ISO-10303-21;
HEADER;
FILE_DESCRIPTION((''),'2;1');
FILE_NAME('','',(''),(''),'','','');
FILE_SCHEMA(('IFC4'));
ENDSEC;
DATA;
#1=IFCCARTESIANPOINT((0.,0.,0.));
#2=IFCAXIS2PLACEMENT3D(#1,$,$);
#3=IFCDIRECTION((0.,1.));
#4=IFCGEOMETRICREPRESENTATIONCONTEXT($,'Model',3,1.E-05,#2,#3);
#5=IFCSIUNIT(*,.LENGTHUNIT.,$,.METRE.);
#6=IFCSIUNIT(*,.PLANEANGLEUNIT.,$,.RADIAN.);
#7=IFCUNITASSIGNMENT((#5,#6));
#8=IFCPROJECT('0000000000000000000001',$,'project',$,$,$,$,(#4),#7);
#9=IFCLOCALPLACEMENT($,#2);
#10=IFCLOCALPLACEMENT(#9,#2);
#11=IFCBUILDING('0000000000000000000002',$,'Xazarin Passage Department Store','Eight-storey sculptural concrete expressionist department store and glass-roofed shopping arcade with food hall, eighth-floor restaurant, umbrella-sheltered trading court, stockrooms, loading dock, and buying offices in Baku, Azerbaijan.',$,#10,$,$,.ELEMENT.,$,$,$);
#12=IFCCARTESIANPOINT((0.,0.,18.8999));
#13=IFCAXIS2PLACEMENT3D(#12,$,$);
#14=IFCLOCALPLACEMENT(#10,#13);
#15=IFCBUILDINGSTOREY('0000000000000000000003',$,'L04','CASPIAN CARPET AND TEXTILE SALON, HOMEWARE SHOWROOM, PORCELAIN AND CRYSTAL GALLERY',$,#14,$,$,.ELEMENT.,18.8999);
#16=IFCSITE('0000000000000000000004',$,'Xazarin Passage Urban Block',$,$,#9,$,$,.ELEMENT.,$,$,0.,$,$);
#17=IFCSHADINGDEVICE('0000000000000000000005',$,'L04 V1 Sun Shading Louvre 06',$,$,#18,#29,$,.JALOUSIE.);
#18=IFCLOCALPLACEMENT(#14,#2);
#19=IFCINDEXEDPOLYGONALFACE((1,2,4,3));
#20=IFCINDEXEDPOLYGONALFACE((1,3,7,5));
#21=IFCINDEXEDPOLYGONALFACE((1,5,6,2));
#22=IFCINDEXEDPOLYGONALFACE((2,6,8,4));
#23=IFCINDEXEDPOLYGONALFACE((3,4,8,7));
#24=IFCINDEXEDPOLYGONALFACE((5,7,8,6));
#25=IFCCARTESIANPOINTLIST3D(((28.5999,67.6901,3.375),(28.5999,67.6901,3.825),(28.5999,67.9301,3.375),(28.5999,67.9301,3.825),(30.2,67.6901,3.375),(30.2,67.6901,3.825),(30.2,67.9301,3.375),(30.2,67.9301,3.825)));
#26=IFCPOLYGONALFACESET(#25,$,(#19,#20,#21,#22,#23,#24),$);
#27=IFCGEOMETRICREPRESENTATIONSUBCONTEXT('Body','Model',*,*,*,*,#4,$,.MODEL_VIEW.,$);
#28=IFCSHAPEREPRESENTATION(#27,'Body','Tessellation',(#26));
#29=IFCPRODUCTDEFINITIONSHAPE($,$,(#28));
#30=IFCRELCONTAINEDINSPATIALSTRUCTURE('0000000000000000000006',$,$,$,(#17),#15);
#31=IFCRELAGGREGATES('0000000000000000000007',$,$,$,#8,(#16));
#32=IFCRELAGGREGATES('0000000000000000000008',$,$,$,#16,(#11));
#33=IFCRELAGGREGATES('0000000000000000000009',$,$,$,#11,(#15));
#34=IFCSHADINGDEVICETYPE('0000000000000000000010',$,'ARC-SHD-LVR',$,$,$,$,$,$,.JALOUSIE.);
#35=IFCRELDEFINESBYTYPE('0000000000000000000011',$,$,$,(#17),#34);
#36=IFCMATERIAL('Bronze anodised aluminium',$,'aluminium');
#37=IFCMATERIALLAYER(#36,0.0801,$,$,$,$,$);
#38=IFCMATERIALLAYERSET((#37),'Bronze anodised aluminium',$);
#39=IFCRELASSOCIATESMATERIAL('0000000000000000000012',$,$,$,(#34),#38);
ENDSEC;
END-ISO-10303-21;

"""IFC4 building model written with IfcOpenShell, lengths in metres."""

from ifc_helpers import new_model, si_unit, direction, frame, origin, origin_2d, place, context, subcontext, project, spatial, rectangle, extrude, material, layer, layer_set, type_object, element, save


model = new_model("IFC4")

# Units and contexts
model_context = context("Model", 3, precision=1e-05, world=origin(), true_north=direction((0.0, 1.0)))
body_context = subcontext(model_context, "Body", "Model", "MODEL_VIEW")
ifc_project = project(units=[si_unit("LENGTHUNIT", "METRE"), si_unit("PLANEANGLEUNIT", "RADIAN")], contexts=[model_context])

# Site, building, storey
site_placement = place(None, origin())
site = spatial("IfcSite", under=ifc_project, at=site_placement, Name="Xazarin Passage Urban Block", CompositionType="ELEMENT", RefElevation=0.0)
building_placement = place(site_placement, origin())
building = spatial("IfcBuilding", under=site, at=building_placement, Name="Xazarin Passage Department Store", Description="Eight-storey sculptural concrete expressionist department store and glass-roofed shopping arcade with food hall, eighth-floor restaurant, umbrella-sheltered trading court, stockrooms, loading dock, and buying offices in Baku, Azerbaijan.", CompositionType="ELEMENT")
storey_placement = place(building_placement, frame((0.0, 0.0, 18.8999)))
storey = spatial("IfcBuildingStorey", under=building, at=storey_placement, Name="L04", Description="CASPIAN CARPET AND TEXTILE SALON, HOMEWARE SHOWROOM, PORCELAIN AND CRYSTAL GALLERY", CompositionType="ELEMENT", Elevation=18.8999)

# Shared definitions
ifc_material_1 = material(Name="Bronze anodised aluminium", Category="aluminium")

# Shading device
ifc_layer_1 = layer(ifc_material_1, 0.0801)
ifc_layer_set_1 = layer_set([ifc_layer_1], Name="Bronze anodised aluminium")
shading_device_type = type_object("IfcShadingDeviceType", Name="ARC-SHD-LVR", PredefinedType="JALOUSIE", material=ifc_layer_set_1)
shading_device_placement = place(storey_placement, frame((29.3999, 67.8101, 3.375), z_axis=(0.0, 0.0, 1.0), x_axis=(1.0, 0.0, 0.0)))
element("IfcShadingDevice", 1, at=shading_device_placement, inside=storey, type_object=shading_device_type, Name="L04 V1 Sun Shading Louvre 06", PredefinedType="JALOUSIE", context=body_context, shape_type="SweptSolid", body=[
    extrude(rectangle(XDim=1.6001, YDim=0.24, at=origin_2d()), origin(), (0.0, 0.0, 1.0), 0.45),
])

save(model, "model.ifc")
